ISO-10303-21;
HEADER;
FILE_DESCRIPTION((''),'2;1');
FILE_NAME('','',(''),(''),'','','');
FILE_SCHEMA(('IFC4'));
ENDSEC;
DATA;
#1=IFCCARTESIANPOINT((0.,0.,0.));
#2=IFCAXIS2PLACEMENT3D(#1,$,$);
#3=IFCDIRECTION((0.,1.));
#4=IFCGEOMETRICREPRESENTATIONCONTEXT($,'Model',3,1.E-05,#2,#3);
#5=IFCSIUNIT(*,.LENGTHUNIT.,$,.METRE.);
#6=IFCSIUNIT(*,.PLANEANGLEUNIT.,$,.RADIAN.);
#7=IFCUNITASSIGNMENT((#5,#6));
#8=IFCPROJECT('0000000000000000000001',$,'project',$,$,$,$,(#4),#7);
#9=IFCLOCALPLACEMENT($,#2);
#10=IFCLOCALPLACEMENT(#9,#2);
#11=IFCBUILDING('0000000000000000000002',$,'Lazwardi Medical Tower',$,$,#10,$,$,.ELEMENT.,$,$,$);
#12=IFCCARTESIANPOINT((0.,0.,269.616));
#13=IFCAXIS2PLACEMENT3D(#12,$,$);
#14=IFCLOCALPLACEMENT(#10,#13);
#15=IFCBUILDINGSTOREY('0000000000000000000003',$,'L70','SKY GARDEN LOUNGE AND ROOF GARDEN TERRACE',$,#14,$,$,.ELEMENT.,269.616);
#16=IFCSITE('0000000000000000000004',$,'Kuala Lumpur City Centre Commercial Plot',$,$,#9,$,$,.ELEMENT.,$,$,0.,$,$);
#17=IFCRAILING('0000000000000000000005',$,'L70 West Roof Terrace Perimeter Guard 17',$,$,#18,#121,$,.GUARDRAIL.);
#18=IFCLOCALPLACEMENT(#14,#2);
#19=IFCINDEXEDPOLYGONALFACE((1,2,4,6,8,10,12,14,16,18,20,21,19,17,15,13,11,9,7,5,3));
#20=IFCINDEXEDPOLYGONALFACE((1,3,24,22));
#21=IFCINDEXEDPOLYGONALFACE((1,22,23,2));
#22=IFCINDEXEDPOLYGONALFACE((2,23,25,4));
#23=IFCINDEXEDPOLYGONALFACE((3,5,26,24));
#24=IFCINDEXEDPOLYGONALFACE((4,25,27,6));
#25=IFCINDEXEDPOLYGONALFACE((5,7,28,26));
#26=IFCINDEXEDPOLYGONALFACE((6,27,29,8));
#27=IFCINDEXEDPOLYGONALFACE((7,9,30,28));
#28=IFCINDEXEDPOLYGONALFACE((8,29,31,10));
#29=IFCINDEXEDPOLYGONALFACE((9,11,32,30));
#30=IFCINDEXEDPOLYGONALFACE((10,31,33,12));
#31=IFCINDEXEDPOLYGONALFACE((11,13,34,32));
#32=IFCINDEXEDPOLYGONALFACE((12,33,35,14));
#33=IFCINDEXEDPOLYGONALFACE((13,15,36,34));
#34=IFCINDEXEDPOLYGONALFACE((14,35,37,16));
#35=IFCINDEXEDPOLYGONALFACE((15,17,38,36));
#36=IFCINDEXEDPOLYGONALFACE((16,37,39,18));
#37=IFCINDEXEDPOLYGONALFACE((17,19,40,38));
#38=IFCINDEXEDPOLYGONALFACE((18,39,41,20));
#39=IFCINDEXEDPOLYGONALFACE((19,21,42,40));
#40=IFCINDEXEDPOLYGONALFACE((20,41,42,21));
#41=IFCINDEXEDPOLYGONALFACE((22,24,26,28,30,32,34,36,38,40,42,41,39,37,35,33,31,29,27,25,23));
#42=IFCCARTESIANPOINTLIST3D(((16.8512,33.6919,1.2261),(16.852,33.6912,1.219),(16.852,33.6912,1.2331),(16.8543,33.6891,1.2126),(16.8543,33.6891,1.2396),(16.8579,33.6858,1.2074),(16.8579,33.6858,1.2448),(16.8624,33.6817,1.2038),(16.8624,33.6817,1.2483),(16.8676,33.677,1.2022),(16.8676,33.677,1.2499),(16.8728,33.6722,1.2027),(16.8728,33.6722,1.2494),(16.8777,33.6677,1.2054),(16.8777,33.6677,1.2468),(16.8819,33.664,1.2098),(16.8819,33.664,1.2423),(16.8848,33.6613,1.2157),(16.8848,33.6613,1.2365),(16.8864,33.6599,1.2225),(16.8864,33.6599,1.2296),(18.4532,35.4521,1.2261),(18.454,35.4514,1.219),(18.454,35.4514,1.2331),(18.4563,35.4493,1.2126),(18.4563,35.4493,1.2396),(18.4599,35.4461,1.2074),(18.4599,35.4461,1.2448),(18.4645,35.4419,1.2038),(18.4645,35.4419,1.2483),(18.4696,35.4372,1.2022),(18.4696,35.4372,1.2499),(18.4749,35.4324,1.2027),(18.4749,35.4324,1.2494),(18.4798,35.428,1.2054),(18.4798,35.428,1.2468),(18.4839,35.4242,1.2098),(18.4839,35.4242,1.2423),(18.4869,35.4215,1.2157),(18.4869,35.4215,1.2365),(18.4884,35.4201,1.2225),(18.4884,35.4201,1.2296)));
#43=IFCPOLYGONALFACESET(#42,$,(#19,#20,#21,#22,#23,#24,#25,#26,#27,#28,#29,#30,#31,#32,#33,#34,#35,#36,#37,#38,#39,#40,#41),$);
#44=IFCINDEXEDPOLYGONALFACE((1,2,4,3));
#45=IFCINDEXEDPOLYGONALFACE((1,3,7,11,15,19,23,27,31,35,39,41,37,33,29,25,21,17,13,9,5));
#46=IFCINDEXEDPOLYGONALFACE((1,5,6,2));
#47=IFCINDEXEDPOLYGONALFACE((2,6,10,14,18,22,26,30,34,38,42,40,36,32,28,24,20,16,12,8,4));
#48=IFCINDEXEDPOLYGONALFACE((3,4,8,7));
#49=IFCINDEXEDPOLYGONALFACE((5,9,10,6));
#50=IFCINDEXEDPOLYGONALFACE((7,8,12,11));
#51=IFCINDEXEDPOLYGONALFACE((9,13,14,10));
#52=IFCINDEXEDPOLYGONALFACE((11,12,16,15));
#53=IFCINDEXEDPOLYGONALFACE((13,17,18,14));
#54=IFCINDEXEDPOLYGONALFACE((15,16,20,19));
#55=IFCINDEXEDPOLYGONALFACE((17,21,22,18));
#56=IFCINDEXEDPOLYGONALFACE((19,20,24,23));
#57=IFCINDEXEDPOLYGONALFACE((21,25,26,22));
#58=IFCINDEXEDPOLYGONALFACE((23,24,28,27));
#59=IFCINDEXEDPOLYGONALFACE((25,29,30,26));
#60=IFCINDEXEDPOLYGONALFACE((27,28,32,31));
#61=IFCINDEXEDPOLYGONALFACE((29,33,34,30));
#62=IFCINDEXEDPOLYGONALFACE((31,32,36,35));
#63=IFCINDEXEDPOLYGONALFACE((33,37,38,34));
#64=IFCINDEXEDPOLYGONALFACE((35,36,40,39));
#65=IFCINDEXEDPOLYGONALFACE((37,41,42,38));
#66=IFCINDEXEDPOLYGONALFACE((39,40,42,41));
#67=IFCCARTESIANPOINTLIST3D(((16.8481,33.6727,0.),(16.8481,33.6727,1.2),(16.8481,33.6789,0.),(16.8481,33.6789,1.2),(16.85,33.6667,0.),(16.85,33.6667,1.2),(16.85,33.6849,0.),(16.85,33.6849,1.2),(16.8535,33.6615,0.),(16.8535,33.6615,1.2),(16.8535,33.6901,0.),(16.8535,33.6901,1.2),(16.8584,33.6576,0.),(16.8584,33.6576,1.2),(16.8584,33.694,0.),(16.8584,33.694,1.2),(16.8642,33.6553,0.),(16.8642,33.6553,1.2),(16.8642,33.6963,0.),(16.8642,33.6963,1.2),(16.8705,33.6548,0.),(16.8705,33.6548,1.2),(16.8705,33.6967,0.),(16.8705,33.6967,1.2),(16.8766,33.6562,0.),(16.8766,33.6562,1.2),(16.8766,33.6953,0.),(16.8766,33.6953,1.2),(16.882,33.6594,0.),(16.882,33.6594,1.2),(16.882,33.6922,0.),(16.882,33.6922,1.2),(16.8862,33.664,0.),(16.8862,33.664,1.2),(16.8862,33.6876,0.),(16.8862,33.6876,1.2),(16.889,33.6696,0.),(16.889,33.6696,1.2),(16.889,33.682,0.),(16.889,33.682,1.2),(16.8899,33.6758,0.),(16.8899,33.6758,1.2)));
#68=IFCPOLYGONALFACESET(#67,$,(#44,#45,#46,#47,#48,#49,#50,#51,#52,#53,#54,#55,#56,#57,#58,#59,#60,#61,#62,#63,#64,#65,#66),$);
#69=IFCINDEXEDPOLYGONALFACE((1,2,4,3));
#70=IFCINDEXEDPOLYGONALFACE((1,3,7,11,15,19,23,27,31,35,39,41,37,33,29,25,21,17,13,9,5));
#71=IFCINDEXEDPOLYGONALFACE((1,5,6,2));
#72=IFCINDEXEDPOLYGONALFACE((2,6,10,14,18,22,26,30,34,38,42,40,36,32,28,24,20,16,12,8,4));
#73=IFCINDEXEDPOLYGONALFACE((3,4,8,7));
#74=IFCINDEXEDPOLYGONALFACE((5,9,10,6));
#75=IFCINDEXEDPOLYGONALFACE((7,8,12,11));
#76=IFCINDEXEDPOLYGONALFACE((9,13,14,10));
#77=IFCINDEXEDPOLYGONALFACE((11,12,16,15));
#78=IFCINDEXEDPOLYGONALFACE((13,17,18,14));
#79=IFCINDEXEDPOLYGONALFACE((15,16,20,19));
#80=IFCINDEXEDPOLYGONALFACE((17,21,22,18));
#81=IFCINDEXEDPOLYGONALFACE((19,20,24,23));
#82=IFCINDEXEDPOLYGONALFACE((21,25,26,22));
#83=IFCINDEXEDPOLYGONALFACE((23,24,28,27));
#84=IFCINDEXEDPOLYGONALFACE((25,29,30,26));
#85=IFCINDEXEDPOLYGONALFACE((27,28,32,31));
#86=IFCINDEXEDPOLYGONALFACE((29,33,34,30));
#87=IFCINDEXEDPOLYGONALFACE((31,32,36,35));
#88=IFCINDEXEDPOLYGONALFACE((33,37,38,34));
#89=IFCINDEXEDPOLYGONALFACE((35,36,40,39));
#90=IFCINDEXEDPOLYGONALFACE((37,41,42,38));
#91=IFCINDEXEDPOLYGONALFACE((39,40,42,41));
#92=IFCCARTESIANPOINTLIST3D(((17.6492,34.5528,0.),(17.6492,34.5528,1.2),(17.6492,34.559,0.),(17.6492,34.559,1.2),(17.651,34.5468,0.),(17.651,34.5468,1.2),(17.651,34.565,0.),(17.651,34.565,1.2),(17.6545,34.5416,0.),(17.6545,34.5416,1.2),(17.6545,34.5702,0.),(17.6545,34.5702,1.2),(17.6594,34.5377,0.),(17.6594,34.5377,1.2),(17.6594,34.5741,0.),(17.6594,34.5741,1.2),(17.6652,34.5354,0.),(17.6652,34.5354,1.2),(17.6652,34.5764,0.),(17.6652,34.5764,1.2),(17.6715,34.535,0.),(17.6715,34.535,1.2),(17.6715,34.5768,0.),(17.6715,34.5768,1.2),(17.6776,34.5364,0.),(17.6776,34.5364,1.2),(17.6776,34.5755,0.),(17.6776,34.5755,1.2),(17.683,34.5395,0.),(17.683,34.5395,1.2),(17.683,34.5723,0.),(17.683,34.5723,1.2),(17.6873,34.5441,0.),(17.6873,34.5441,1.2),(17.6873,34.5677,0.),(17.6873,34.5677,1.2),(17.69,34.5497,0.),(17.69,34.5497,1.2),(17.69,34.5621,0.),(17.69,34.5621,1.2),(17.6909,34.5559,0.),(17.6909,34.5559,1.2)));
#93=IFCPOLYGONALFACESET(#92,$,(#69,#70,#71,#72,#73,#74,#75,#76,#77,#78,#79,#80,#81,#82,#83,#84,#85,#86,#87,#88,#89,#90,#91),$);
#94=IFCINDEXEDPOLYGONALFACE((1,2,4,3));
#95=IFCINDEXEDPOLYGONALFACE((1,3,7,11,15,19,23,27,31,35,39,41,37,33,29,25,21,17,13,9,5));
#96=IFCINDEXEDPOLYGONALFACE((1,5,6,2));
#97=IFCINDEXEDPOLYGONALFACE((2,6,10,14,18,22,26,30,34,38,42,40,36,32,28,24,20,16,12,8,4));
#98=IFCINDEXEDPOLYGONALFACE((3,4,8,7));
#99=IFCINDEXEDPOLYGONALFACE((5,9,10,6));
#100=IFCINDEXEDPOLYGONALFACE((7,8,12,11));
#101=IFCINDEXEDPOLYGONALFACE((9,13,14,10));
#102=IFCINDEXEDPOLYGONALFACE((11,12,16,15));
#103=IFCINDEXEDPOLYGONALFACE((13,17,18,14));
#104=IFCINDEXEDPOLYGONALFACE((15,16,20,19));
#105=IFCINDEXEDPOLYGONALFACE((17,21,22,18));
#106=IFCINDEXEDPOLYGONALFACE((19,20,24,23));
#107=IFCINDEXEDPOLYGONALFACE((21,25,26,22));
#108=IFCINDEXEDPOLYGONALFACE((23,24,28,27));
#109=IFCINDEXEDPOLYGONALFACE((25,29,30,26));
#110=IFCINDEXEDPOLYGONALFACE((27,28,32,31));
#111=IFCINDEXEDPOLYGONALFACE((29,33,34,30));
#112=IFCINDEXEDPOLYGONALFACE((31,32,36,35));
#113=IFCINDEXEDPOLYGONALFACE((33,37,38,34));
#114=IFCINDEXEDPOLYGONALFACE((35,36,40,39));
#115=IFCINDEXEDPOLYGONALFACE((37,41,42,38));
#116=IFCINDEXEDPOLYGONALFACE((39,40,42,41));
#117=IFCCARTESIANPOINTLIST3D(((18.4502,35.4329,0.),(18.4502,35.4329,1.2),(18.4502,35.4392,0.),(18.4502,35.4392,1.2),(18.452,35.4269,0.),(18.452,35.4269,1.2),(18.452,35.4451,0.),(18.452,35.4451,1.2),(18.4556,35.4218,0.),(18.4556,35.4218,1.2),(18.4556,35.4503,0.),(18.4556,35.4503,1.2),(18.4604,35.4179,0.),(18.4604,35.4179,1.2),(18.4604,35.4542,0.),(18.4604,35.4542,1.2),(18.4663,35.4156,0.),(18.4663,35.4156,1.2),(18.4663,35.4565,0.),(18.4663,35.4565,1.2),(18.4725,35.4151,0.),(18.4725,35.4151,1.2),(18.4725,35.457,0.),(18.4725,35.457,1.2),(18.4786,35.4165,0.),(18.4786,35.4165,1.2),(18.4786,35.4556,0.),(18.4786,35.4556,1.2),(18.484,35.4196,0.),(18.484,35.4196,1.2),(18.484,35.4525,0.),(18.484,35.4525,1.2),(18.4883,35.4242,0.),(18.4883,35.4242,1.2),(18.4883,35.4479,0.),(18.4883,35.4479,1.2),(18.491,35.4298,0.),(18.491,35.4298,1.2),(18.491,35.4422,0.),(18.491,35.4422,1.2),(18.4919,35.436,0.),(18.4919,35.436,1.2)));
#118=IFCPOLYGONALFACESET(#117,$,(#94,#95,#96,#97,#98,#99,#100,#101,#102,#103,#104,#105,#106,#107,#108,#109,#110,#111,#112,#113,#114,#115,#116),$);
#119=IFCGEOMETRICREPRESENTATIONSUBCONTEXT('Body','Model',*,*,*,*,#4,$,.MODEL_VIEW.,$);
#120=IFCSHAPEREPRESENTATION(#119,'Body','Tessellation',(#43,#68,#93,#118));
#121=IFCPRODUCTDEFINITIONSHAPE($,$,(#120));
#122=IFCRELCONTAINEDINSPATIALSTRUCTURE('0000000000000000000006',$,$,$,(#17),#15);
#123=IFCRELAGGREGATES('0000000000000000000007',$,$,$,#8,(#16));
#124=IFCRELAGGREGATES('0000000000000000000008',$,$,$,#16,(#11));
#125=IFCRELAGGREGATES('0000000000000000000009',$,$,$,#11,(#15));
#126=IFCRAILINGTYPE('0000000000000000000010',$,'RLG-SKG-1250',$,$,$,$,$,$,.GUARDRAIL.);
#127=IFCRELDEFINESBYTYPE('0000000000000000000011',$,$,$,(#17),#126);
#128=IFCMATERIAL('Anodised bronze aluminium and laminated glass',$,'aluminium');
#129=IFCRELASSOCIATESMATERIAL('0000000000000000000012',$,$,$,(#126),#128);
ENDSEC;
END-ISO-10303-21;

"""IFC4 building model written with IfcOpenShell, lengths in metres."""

from ifc_helpers import new_model, si_unit, direction, frame, origin, origin_2d, place, context, subcontext, project, spatial, circle, extrude, material, type_object, element, save


model = new_model("IFC4")

# Units and contexts
model_context = context("Model", 3, precision=1e-05, world=origin(), true_north=direction((0.0, 1.0)))
body_context = subcontext(model_context, "Body", "Model", "MODEL_VIEW")
ifc_project = project(units=[si_unit("LENGTHUNIT", "METRE"), si_unit("PLANEANGLEUNIT", "RADIAN")], contexts=[model_context])

# Site, building, storey
site_placement = place(None, origin())
site = spatial("IfcSite", under=ifc_project, at=site_placement, Name="Kuala Lumpur City Centre Commercial Plot", CompositionType="ELEMENT", RefElevation=0.0)
building_placement = place(site_placement, origin())
building = spatial("IfcBuilding", under=site, at=building_placement, Name="Lazwardi Medical Tower", CompositionType="ELEMENT")
storey_placement = place(building_placement, frame((0.0, 0.0, 269.616)))
storey = spatial("IfcBuildingStorey", under=building, at=storey_placement, Name="L70", Description="SKY GARDEN LOUNGE AND ROOF GARDEN TERRACE", CompositionType="ELEMENT", Elevation=269.616)

# Shared definitions
ifc_material_1 = material(Name="Anodised bronze aluminium and laminated glass", Category="aluminium")

# Railing
railing_type = type_object("IfcRailingType", Name="RLG-SKG-1250", PredefinedType="GUARDRAIL", material=ifc_material_1)
railing_1_placement = place(storey_placement, frame((16.8689, 33.6758, 0.0)))
element("IfcRailing", 1, at=railing_1_placement, inside=storey, type_object=railing_type, Name="L70 West Roof Terrace Perimeter Guard 17", PredefinedType="GUARDRAIL", context=body_context, shape_type="SweptSolid", body=[
    extrude(circle(Radius=0.0239, at=origin_2d()), frame((0.0, 0.0, 1.2261), z_axis=(0.673091, 0.739559, 0.0), x_axis=(-0.739559, 0.673091, 0.0)), (0.0, 0.0, 1.0), 2.3801),
    extrude(circle(Radius=0.021, at=origin_2d()), origin(), (0.0, 0.0, 1.0), 1.2),
    extrude(circle(Radius=0.021, at=origin_2d()), frame((0.801, 0.8801, 0.0)), (0.0, 0.0, 1.0), 1.2),
    extrude(circle(Radius=0.021, at=origin_2d()), frame((1.6021, 1.7603, 0.0)), (0.0, 0.0, 1.0), 1.2),
])

save(model, "model.ifc")
